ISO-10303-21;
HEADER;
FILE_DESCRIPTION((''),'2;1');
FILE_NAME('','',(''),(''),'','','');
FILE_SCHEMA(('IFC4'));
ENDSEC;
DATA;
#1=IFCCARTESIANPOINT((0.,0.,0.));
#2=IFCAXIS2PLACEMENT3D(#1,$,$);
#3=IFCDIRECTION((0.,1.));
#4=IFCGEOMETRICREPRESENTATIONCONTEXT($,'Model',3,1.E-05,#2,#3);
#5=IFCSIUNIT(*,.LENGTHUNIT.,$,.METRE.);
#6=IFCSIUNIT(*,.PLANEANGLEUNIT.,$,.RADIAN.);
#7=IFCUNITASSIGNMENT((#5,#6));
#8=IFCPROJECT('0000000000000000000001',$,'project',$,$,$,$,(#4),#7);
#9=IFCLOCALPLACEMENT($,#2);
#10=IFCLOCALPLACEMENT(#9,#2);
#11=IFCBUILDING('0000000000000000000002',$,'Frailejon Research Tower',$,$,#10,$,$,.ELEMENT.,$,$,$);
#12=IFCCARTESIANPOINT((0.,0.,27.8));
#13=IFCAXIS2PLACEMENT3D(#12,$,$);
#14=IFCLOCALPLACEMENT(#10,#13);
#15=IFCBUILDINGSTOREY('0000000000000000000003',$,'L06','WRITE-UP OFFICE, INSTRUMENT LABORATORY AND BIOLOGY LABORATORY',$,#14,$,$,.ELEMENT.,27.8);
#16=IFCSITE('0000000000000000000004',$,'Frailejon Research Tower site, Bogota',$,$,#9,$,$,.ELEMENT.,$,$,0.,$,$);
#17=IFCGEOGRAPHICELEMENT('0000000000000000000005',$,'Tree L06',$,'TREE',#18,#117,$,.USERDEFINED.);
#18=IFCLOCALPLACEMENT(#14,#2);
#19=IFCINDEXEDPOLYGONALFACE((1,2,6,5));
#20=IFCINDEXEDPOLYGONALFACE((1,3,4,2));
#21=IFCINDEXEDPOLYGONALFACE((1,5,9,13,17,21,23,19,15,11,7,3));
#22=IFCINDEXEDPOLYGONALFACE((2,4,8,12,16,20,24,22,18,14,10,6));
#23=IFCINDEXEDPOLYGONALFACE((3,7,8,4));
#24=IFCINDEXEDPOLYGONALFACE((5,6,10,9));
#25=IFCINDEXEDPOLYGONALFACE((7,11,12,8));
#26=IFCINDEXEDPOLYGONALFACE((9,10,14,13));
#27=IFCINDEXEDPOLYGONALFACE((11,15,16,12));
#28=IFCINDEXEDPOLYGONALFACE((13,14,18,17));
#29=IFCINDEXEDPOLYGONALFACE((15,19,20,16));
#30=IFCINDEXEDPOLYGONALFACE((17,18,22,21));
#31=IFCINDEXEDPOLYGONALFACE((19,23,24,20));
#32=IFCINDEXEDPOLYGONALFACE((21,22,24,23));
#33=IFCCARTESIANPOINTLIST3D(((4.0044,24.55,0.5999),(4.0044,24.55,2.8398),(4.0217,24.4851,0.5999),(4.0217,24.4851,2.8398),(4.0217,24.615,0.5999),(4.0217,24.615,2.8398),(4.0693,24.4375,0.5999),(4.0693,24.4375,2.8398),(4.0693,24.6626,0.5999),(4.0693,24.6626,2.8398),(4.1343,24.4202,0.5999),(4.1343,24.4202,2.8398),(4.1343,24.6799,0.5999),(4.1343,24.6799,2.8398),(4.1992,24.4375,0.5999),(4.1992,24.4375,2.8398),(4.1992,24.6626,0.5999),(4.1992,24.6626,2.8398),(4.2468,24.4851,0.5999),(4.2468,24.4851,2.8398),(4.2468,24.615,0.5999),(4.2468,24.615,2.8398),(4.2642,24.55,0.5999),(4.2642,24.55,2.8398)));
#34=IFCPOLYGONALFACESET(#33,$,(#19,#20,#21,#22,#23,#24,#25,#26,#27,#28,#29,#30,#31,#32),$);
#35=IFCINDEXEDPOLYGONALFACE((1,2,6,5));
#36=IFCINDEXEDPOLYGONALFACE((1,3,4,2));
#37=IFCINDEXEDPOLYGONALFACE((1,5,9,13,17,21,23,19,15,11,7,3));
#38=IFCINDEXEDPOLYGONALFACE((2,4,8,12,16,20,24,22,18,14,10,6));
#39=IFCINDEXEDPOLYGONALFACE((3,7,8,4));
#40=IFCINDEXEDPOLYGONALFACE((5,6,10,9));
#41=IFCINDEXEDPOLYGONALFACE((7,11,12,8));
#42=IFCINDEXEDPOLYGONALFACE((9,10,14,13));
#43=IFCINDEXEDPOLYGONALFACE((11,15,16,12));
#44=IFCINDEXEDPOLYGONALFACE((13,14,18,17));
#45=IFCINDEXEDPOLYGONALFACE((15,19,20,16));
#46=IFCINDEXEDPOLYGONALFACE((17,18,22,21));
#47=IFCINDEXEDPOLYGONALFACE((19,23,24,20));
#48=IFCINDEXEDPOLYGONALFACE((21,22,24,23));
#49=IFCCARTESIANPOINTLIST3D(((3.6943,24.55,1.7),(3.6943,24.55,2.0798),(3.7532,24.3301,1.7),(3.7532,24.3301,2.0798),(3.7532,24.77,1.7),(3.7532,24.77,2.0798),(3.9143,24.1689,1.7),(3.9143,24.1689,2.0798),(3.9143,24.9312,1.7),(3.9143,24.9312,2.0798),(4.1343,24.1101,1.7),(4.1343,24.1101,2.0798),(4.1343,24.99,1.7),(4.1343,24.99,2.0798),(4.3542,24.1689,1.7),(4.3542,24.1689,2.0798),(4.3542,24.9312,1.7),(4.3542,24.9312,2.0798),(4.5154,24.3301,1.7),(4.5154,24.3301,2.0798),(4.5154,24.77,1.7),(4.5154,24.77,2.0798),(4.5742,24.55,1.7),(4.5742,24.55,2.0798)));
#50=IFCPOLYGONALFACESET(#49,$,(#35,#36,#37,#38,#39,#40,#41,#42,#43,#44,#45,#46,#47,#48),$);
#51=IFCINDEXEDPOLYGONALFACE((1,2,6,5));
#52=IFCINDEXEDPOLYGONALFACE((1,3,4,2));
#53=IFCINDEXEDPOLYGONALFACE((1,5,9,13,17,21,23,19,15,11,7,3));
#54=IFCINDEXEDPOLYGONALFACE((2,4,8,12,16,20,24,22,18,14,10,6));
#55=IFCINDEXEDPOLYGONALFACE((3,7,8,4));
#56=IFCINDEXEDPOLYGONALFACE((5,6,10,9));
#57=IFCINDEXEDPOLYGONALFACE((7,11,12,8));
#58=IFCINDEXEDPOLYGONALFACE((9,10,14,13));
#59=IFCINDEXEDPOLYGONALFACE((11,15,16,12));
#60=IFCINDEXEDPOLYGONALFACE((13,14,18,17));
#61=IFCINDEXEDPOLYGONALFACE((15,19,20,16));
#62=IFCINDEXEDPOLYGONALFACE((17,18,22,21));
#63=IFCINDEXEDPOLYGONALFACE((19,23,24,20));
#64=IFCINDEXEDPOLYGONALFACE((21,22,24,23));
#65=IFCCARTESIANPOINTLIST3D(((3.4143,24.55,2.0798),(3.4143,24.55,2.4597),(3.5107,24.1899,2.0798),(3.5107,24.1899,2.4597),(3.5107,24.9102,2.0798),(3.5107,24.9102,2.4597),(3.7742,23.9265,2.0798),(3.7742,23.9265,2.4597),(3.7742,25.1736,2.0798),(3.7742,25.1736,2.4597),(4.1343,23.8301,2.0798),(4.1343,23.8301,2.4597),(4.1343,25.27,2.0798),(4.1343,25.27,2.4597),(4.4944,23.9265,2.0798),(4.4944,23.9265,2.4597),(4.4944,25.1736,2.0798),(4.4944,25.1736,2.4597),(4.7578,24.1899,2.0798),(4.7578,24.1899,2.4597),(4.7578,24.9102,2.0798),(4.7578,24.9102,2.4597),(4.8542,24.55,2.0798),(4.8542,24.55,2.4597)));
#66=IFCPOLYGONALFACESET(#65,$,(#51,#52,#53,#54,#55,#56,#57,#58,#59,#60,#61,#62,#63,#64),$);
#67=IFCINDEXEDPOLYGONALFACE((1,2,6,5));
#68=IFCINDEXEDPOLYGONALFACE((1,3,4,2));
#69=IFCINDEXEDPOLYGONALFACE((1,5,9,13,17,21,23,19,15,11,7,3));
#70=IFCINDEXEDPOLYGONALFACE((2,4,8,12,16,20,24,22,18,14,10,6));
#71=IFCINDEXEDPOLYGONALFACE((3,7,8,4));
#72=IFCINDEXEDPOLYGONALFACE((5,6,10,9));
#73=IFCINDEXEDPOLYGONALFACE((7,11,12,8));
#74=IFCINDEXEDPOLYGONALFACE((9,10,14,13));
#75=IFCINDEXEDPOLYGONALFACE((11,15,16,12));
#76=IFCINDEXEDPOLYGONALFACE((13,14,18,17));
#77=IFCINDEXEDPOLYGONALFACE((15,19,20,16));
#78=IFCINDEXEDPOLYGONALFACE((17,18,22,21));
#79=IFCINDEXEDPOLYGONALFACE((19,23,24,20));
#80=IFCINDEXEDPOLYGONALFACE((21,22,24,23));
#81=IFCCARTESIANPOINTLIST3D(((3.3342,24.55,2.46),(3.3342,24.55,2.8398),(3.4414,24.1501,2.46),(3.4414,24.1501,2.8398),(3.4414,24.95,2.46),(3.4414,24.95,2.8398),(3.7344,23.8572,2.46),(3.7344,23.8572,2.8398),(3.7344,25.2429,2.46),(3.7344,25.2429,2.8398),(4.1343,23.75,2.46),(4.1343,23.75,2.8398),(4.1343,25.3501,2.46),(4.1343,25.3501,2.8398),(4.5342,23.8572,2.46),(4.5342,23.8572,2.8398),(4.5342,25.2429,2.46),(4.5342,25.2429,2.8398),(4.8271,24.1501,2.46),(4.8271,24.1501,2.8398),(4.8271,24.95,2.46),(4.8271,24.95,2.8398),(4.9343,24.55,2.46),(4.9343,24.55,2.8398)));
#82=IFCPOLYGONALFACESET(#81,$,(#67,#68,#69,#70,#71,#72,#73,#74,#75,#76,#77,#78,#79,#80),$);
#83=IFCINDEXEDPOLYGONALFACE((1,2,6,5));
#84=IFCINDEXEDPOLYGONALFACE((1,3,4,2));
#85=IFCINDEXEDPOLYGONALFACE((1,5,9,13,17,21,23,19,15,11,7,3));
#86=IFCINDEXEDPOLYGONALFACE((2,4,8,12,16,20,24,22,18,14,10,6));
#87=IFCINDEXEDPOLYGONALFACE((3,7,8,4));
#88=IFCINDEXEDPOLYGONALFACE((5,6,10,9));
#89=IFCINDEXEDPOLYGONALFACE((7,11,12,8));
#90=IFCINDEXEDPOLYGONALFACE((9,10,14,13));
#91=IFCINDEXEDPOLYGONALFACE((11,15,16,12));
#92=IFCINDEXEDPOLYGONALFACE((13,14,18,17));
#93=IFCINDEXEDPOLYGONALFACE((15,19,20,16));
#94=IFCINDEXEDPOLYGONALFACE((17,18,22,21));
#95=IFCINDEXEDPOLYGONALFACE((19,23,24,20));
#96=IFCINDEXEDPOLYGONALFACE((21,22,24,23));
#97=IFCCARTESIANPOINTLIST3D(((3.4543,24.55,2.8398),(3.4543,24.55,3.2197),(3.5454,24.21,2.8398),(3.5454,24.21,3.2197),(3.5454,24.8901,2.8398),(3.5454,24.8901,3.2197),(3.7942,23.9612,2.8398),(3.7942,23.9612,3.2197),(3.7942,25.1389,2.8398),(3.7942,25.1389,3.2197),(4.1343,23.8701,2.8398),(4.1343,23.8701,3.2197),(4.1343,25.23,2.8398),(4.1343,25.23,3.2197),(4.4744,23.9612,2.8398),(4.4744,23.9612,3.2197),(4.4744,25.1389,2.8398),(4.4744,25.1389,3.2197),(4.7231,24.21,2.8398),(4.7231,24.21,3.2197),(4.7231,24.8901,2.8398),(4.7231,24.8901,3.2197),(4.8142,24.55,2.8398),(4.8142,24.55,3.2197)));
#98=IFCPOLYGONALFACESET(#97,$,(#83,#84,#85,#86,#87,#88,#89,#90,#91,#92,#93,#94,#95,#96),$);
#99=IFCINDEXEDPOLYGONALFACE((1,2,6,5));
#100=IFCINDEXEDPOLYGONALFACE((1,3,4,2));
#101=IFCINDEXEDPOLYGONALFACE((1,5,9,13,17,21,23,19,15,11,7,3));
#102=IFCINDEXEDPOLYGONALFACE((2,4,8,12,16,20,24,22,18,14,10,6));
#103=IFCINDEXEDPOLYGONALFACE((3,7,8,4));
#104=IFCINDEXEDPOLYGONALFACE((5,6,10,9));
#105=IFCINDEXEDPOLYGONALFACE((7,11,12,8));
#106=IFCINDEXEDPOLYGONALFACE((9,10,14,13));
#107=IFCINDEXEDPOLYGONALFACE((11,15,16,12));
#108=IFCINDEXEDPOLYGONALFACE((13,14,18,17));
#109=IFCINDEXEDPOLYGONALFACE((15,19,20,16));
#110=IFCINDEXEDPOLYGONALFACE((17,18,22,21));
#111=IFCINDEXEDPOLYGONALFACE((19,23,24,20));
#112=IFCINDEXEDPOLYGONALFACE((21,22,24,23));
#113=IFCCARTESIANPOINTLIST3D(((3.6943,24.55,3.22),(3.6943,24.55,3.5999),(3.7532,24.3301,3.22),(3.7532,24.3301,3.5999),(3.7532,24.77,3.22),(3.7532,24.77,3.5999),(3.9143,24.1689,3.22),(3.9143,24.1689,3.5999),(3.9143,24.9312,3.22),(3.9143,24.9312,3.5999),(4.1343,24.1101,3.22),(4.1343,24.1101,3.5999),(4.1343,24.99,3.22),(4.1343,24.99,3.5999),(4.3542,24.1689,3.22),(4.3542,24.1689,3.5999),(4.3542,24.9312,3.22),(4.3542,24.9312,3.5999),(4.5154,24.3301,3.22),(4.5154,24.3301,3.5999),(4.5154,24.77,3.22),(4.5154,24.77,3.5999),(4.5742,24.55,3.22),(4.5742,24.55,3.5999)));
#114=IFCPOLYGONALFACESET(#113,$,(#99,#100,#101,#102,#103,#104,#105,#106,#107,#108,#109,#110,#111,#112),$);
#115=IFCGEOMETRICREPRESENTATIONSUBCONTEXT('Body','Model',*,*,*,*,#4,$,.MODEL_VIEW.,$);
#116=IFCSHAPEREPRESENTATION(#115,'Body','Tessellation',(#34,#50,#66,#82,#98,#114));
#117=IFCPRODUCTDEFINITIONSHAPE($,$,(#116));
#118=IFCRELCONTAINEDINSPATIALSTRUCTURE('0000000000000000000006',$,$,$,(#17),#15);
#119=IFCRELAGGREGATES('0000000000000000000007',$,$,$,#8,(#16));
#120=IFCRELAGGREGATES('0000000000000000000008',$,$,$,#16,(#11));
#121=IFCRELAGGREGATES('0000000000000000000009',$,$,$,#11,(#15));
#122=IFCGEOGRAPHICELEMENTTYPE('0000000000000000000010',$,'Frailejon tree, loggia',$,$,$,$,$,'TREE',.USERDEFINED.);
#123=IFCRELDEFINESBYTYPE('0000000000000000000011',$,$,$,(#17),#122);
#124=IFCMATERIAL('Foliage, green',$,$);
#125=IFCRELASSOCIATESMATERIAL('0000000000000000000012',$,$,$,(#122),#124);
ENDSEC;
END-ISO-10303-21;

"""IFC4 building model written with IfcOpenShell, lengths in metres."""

from ifc_helpers import new_model, si_unit, direction, frame, origin, place, context, subcontext, project, spatial, polyline, outline, extrude, material, type_object, element, save


model = new_model("IFC4")

# Units and contexts
model_context = context("Model", 3, precision=1e-05, world=origin(), true_north=direction((0.0, 1.0)))
body_context = subcontext(model_context, "Body", "Model", "MODEL_VIEW")
ifc_project = project(units=[si_unit("LENGTHUNIT", "METRE"), si_unit("PLANEANGLEUNIT", "RADIAN")], contexts=[model_context])

# Site, building, storey
site_placement = place(None, origin())
site = spatial("IfcSite", under=ifc_project, at=site_placement, Name="Frailejon Research Tower site, Bogota", CompositionType="ELEMENT", RefElevation=0.0)
building_placement = place(site_placement, origin())
building = spatial("IfcBuilding", under=site, at=building_placement, Name="Frailejon Research Tower", CompositionType="ELEMENT")
storey_placement = place(building_placement, frame((0.0, 0.0, 27.8)))
storey = spatial("IfcBuildingStorey", under=building, at=storey_placement, Name="L06", Description="WRITE-UP OFFICE, INSTRUMENT LABORATORY AND BIOLOGY LABORATORY", CompositionType="ELEMENT", Elevation=27.8)

# Geographic element
ifc_material_1 = material(Name="Foliage, green")
geographic_element_type = type_object("IfcGeographicElementType", Name="Frailejon tree, loggia", ElementType="TREE", PredefinedType="USERDEFINED", material=ifc_material_1)
geographic_element_placement = place(storey_placement, frame((4.1343, 24.55, 0.5999)))
element("IfcGeographicElement", 1, at=geographic_element_placement, inside=storey, type_object=geographic_element_type, Name="Tree L06", ObjectType="TREE", PredefinedType="USERDEFINED", context=body_context, shape_type="SweptSolid", body=[
    extrude(outline(polyline([(0.1299, 0.0), (0.1125, 0.0649), (0.0649, 0.1125), (0.0, 0.1299), (-0.0649, 0.1125), (-0.1125, 0.0649), (-0.1299, 0.0), (-0.1125, -0.0649), (-0.0649, -0.1125), (0.0, -0.1299), (0.0649, -0.1125), (0.1125, -0.0649), (0.1299, 0.0)])), origin(), (0.0, 0.0, 1.0), 2.24),
    extrude(outline(polyline([(0.4399, 0.0), (0.3811, 0.22), (0.22, 0.3811), (0.0, 0.4399), (-0.22, 0.3811), (-0.3811, 0.22), (-0.4399, 0.0), (-0.3811, -0.22), (-0.22, -0.3811), (0.0, -0.4399), (0.22, -0.3811), (0.3811, -0.22), (0.4399, 0.0)])), frame((0.0, 0.0, 1.1001)), (0.0, 0.0, 1.0), 0.3799),
    extrude(outline(polyline([(0.72, 0.0), (0.6235, 0.3601), (0.3601, 0.6235), (0.0, 0.72), (-0.3601, 0.6235), (-0.6235, 0.3601), (-0.72, 0.0), (-0.6235, -0.3601), (-0.3601, -0.6235), (0.0, -0.72), (0.3601, -0.6235), (0.6235, -0.3601), (0.72, 0.0)])), frame((0.0, 0.0, 1.48)), (0.0, 0.0, 1.0), 0.3799),
    extrude(outline(polyline([(0.8, 0.0), (0.6929, 0.3999), (0.3999, 0.6929), (0.0, 0.8), (-0.3999, 0.6929), (-0.6929, 0.3999), (-0.8, 0.0), (-0.6929, -0.3999), (-0.3999, -0.6929), (0.0, -0.8), (0.3999, -0.6929), (0.6929, -0.3999), (0.8, 0.0)])), frame((0.0, 0.0, 1.8601)), (0.0, 0.0, 1.0), 0.3799),
    extrude(outline(polyline([(0.6799, 0.0), (0.5889, 0.3401), (0.3401, 0.5889), (0.0, 0.6799), (-0.3401, 0.5889), (-0.5889, 0.3401), (-0.6799, 0.0), (-0.5889, -0.3401), (-0.3401, -0.5889), (0.0, -0.6799), (0.3401, -0.5889), (0.5889, -0.3401), (0.6799, 0.0)])), frame((0.0, 0.0, 2.24)), (0.0, 0.0, 1.0), 0.3799),
    extrude(outline(polyline([(0.4399, 0.0), (0.3811, 0.22), (0.22, 0.3811), (0.0, 0.4399), (-0.22, 0.3811), (-0.3811, 0.22), (-0.4399, 0.0), (-0.3811, -0.22), (-0.22, -0.3811), (0.0, -0.4399), (0.22, -0.3811), (0.3811, -0.22), (0.4399, 0.0)])), frame((0.0, 0.0, 2.6201)), (0.0, 0.0, 1.0), 0.3799),
])

save(model, "model.ifc")
